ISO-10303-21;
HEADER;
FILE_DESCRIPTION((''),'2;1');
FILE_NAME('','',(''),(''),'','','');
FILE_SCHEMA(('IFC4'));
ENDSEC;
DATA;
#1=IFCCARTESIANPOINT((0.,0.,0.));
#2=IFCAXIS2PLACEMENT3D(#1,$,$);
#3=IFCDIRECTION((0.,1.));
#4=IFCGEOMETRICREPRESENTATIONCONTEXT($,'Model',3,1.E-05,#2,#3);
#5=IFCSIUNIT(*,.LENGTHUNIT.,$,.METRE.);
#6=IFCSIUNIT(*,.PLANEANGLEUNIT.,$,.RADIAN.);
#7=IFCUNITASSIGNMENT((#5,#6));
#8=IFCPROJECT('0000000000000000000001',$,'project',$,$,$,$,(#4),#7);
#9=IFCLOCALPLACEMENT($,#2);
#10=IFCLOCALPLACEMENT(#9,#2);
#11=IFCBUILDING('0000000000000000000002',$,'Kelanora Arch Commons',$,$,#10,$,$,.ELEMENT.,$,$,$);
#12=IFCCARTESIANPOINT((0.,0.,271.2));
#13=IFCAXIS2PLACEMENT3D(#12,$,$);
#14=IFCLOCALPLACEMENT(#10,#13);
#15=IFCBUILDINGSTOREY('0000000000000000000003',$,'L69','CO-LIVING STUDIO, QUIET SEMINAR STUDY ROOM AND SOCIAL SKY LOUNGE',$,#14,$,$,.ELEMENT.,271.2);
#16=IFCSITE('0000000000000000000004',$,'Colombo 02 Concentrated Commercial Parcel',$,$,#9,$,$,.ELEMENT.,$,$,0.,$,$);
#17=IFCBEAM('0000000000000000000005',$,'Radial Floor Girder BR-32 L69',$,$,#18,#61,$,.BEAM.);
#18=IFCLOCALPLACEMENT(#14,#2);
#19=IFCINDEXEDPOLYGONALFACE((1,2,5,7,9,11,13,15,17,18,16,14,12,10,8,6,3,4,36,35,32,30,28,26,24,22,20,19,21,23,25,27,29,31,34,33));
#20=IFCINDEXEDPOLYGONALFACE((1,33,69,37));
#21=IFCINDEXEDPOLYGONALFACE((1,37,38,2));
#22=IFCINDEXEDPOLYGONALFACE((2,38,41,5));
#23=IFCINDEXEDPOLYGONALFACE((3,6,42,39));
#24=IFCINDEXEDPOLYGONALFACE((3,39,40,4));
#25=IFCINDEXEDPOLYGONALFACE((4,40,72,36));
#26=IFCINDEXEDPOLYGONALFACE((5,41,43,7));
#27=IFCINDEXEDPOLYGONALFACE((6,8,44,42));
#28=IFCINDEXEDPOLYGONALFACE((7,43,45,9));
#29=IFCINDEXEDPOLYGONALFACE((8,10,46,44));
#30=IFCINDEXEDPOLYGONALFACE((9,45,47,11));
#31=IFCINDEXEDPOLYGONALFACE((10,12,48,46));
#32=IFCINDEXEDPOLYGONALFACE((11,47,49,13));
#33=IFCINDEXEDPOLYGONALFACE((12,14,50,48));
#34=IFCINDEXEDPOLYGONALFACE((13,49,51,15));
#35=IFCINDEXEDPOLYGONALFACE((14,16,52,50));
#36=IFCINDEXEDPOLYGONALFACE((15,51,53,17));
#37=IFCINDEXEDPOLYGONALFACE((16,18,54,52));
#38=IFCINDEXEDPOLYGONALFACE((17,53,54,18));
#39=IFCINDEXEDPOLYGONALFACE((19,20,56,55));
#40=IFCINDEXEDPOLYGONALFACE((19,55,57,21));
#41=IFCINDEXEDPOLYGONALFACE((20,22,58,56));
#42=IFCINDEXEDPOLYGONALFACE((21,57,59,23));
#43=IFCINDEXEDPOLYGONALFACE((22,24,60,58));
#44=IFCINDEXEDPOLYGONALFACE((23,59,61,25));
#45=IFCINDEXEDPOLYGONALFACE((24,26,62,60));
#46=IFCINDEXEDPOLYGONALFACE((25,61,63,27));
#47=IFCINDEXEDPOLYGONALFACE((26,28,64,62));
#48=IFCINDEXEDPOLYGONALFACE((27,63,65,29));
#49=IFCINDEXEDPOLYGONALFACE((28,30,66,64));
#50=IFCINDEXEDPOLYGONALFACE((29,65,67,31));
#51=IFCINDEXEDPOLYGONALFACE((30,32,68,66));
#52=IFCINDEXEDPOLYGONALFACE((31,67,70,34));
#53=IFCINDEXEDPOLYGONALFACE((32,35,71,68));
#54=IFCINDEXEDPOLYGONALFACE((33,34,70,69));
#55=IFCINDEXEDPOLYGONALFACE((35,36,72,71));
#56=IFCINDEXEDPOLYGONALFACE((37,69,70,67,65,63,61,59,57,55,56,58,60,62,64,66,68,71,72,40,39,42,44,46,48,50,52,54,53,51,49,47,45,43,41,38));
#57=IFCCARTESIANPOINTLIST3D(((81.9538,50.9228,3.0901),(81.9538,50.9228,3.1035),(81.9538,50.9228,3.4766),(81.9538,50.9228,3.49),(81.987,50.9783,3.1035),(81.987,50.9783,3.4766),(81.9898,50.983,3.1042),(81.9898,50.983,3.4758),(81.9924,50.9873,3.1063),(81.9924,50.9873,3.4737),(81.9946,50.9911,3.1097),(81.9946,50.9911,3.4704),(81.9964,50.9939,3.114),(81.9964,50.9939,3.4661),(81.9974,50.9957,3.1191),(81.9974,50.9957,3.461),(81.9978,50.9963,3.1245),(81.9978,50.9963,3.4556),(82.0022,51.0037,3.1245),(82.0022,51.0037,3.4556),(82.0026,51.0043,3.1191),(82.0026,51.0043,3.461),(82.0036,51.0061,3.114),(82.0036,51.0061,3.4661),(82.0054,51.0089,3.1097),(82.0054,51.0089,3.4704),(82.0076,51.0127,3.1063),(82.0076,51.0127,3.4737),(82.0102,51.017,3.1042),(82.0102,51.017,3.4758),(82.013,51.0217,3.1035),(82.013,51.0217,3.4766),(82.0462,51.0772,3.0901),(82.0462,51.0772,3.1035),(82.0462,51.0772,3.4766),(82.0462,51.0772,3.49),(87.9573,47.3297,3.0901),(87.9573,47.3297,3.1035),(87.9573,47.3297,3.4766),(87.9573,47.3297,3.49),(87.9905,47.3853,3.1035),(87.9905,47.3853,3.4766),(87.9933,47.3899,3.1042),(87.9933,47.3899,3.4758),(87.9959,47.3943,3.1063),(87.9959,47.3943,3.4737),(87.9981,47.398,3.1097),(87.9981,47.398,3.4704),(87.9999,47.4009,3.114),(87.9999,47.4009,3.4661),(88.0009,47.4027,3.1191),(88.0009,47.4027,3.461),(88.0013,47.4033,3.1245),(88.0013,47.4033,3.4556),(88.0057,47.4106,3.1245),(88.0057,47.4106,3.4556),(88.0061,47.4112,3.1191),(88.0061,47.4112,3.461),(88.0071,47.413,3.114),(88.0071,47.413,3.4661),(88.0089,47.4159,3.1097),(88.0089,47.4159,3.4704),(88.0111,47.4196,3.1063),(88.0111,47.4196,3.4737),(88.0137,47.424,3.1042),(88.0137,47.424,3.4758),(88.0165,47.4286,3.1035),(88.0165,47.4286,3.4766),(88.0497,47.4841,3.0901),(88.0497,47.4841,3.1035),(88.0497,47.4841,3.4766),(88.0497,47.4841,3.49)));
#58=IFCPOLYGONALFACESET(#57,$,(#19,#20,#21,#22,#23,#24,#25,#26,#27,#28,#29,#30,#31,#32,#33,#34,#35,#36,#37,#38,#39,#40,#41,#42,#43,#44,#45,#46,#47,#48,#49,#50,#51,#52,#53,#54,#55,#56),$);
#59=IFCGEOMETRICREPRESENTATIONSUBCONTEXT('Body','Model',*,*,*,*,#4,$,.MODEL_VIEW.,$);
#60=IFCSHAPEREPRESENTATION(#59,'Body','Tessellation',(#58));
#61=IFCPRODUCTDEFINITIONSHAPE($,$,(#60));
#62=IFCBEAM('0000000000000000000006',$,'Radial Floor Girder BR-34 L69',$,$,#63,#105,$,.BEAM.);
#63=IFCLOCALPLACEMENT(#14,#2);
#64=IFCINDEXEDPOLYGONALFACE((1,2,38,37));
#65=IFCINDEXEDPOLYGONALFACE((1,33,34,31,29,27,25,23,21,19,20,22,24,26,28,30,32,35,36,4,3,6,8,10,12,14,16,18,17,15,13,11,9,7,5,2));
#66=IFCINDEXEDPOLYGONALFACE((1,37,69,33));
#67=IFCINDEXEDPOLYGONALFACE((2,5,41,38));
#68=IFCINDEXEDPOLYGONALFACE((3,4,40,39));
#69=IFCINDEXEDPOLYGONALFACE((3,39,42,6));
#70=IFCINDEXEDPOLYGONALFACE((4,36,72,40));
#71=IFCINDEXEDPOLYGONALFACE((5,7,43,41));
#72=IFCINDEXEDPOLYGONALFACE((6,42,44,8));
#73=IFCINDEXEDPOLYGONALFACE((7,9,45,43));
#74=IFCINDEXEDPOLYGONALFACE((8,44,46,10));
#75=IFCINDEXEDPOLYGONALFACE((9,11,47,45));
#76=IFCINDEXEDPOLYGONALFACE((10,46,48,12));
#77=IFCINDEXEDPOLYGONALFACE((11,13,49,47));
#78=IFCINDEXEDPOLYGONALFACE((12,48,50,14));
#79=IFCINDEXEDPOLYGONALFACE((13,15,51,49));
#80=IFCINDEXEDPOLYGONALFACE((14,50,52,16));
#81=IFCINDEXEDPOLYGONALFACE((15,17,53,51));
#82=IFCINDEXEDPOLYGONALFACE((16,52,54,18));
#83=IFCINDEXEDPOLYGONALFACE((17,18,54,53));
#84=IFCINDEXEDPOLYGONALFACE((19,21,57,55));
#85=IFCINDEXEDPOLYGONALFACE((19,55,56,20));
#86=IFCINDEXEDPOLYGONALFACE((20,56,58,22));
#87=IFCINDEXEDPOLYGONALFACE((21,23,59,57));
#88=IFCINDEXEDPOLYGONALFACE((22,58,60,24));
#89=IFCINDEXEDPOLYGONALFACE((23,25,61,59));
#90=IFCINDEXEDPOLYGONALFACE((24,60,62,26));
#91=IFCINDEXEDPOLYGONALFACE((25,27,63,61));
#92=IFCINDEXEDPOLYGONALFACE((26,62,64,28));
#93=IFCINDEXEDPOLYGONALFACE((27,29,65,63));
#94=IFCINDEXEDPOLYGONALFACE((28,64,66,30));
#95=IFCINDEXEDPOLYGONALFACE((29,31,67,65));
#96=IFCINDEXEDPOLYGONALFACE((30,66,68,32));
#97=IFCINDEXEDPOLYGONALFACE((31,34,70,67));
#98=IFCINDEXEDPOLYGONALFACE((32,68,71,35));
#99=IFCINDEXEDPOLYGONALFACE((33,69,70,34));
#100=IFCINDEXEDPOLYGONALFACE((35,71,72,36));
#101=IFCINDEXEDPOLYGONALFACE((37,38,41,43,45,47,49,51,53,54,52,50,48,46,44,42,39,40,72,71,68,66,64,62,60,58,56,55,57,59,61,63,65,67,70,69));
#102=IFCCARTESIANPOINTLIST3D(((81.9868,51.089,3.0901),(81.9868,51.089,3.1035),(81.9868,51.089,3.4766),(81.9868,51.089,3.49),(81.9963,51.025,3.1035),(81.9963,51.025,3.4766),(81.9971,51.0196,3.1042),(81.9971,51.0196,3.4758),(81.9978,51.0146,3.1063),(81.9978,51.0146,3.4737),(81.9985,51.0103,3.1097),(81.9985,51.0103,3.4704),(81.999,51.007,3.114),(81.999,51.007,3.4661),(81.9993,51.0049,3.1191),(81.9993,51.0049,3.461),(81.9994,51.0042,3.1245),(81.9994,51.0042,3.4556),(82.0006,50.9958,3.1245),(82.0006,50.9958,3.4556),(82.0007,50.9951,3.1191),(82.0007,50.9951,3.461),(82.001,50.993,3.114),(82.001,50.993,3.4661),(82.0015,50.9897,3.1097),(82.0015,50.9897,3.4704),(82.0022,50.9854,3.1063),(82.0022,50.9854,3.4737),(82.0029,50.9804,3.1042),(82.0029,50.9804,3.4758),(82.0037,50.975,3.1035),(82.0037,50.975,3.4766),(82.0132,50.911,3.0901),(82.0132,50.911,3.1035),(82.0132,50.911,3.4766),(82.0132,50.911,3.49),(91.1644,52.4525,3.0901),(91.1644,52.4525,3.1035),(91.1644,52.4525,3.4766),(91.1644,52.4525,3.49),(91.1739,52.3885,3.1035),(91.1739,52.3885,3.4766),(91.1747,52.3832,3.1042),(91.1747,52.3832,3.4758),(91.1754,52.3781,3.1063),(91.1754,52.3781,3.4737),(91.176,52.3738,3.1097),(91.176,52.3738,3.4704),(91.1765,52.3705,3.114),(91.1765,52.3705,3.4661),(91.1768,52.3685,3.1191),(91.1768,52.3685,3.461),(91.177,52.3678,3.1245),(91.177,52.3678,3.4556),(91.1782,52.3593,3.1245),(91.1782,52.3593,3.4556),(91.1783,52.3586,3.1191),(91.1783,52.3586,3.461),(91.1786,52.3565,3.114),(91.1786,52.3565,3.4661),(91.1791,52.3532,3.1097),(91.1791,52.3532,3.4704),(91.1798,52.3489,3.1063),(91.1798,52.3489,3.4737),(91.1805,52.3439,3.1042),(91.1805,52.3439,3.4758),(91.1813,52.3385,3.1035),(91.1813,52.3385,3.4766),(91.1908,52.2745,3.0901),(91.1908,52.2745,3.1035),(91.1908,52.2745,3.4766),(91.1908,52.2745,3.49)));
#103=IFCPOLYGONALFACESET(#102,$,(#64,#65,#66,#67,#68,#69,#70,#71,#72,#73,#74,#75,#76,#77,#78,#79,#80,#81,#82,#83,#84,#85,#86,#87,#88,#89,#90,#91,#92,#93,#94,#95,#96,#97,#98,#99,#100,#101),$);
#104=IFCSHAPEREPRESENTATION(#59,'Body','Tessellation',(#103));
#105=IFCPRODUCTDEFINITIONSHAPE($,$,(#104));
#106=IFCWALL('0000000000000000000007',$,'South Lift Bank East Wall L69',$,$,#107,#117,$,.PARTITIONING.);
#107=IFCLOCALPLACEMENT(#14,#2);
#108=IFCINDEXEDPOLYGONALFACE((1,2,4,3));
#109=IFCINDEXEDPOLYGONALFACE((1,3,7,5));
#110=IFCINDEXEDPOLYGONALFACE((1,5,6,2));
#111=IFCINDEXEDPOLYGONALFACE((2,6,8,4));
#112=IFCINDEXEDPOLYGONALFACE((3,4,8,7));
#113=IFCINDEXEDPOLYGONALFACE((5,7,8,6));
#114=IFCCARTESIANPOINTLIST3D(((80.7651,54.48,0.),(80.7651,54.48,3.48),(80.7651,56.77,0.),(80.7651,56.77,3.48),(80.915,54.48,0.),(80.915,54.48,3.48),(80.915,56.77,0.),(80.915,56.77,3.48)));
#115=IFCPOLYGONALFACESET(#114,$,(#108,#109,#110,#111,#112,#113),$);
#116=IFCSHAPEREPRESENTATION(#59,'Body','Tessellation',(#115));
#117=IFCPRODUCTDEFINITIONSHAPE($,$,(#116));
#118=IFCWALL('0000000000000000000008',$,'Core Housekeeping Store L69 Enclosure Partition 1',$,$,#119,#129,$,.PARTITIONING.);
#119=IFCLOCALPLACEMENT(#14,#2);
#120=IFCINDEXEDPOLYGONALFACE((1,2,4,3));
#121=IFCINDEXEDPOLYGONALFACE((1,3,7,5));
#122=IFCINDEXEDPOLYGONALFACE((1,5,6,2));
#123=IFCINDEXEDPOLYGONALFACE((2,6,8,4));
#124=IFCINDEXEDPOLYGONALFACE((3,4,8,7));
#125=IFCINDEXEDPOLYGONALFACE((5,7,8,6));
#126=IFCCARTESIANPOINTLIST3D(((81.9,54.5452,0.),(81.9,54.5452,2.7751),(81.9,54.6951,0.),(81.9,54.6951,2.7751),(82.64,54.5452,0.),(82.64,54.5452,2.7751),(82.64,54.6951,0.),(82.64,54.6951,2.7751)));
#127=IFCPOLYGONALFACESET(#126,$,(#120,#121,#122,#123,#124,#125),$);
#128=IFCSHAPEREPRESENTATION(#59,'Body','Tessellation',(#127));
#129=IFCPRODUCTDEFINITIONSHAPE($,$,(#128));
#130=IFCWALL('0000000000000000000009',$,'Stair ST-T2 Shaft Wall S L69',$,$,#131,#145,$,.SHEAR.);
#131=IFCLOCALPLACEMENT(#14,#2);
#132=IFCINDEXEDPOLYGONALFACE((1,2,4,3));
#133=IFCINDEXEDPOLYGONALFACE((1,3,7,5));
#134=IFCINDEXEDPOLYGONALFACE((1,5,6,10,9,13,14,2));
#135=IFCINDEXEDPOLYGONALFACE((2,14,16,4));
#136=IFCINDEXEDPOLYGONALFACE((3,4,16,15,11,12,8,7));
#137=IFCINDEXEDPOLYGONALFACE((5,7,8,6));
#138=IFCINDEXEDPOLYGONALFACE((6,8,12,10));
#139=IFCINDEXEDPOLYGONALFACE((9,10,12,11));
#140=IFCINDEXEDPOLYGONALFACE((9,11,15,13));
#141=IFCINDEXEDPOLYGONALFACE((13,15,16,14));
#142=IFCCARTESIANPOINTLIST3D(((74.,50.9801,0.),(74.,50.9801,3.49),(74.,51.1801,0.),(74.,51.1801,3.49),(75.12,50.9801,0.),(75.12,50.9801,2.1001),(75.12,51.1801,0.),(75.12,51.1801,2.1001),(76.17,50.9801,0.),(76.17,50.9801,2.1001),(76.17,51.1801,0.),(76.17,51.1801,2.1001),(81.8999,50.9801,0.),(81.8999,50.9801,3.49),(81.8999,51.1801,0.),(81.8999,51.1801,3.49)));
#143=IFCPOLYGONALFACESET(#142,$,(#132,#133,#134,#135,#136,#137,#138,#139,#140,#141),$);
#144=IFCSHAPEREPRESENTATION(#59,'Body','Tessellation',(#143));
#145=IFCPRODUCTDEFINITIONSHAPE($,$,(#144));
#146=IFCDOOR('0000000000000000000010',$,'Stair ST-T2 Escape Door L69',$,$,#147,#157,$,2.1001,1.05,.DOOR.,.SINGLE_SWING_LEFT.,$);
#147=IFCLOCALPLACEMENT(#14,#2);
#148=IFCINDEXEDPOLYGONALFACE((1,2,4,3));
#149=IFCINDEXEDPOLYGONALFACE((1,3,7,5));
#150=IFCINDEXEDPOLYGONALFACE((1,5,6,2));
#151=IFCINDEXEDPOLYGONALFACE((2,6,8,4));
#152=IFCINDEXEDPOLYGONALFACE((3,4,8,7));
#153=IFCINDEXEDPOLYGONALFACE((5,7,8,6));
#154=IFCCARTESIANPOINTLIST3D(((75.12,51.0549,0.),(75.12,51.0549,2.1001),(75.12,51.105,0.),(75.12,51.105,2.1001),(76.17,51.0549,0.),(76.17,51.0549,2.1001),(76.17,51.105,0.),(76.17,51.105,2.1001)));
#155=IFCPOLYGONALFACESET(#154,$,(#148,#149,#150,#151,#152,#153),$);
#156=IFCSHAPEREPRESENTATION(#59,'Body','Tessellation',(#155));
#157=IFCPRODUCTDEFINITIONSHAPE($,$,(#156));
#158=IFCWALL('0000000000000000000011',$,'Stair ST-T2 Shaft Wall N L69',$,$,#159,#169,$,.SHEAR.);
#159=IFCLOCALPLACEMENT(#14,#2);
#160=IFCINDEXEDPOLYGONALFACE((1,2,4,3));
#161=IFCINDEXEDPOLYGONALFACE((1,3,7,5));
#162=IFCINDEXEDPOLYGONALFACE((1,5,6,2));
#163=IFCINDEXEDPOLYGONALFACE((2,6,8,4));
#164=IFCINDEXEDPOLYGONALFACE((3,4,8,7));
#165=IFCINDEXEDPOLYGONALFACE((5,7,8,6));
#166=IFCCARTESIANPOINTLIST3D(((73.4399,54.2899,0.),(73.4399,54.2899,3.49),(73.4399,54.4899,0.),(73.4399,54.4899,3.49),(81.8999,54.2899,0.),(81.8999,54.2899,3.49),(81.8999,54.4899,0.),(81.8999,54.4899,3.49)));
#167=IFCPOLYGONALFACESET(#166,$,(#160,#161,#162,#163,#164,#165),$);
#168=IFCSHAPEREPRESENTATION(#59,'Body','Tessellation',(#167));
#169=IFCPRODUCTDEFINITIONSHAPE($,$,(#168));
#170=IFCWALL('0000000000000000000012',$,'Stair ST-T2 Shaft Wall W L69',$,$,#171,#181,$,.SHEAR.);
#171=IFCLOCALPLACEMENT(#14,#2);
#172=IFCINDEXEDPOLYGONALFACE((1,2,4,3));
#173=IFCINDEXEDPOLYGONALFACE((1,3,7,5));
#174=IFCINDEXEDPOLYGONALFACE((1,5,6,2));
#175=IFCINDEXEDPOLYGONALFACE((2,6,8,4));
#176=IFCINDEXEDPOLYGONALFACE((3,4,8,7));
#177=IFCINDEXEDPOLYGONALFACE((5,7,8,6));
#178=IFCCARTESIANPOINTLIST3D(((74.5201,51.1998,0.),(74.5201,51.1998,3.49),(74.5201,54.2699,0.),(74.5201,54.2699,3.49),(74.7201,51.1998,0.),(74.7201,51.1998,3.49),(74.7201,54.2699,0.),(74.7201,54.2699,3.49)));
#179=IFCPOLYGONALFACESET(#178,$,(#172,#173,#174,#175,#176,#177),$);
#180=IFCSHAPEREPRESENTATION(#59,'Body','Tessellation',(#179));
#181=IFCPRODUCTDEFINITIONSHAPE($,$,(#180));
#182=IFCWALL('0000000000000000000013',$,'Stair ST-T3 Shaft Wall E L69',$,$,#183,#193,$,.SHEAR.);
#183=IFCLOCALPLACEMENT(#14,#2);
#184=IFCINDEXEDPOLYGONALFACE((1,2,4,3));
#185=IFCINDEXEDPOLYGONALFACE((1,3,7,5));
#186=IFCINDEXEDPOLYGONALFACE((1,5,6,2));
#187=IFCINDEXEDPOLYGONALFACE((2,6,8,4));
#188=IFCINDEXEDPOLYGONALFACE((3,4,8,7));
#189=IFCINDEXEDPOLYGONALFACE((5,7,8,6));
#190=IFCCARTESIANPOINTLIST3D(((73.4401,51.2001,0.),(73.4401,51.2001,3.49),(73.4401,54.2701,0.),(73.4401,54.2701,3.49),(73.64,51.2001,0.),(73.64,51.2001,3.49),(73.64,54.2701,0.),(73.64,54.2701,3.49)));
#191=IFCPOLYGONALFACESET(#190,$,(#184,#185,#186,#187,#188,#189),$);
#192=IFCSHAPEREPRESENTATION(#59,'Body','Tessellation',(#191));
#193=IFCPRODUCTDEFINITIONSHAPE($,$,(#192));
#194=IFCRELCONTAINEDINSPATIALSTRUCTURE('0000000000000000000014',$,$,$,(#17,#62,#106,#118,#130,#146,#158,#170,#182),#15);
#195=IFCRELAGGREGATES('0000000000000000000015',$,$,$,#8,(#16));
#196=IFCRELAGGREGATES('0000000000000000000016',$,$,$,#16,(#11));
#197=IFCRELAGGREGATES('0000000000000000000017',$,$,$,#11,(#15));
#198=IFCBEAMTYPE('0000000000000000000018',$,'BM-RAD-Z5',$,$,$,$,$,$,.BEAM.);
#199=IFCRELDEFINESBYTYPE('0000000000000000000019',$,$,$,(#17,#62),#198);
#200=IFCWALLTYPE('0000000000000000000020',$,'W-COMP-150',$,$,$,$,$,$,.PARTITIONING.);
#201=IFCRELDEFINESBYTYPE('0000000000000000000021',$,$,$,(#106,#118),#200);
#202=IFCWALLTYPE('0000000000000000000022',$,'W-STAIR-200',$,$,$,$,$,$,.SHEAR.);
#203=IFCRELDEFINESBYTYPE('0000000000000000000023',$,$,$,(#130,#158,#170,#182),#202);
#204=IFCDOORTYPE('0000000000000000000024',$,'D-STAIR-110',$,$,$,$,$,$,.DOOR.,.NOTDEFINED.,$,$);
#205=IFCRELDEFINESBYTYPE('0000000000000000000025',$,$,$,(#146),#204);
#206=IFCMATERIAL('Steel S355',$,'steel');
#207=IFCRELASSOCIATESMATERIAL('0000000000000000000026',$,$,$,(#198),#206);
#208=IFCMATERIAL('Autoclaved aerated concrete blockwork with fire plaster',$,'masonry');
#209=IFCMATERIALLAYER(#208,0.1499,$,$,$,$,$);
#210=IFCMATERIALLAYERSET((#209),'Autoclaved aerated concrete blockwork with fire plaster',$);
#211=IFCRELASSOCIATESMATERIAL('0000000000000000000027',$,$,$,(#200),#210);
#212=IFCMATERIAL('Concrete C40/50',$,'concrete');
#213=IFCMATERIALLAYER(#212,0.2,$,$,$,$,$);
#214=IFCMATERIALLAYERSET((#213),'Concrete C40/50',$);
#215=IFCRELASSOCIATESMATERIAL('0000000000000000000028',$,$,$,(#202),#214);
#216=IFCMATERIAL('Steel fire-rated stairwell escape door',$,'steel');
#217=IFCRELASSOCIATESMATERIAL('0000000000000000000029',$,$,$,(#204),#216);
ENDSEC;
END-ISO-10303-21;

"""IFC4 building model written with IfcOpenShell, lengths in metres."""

from ifc_helpers import new_model, si_unit, direction, frame, frame_2d, origin, origin_2d, place, context, subcontext, project, spatial, rectangle, i_section, extrude, material, layer, layer_set, material_profile, profile_set, type_object, element, fill, save


model = new_model("IFC4")

# Units and contexts
model_context = context("Model", 3, precision=1e-05, world=origin(), true_north=direction((0.0, 1.0)))
body_context = subcontext(model_context, "Body", "Model", "MODEL_VIEW")
ifc_project = project(units=[si_unit("LENGTHUNIT", "METRE"), si_unit("PLANEANGLEUNIT", "RADIAN")], contexts=[model_context])

# Site, building, storey
site_placement = place(None, origin())
site = spatial("IfcSite", under=ifc_project, at=site_placement, Name="Colombo 02 Concentrated Commercial Parcel", CompositionType="ELEMENT", RefElevation=0.0)
building_placement = place(site_placement, origin())
building = spatial("IfcBuilding", under=site, at=building_placement, Name="Kelanora Arch Commons", CompositionType="ELEMENT")
storey_placement = place(building_placement, frame((0.0, 0.0, 271.2)))
storey = spatial("IfcBuildingStorey", under=building, at=storey_placement, Name="L69", Description="CO-LIVING STUDIO, QUIET SEMINAR STUDY ROOM AND SOCIAL SKY LOUNGE", CompositionType="ELEMENT", Elevation=271.2)

# Beams
ifc_material_1 = material(Name="Steel S355", Category="steel")
ifc_material_profile_1 = material_profile(ifc_material_1, i_section(OverallWidth=0.1799, OverallDepth=0.3999, WebThickness=0.0085, FlangeThickness=0.0134, FilletRadius=0.021, at=origin_2d()), Name="IPE400")
ifc_profile_set_1 = profile_set([ifc_material_profile_1], Name="Steel S355")
beam_type_1 = type_object("IfcBeamType", Name="BM-RAD-Z5", PredefinedType="BEAM", material=ifc_profile_set_1)
beam_1_placement = place(storey_placement, frame((82.0, 51.0, 3.29), z_axis=(0.858062, -0.513546, 0.0), x_axis=(0.513546, 0.858062, 0.0)))
element("IfcBeam", 1, at=beam_1_placement, inside=storey, type_object=beam_type_1, Name="Radial Floor Girder BR-32 L69", PredefinedType="BEAM", context=body_context, shape_type="SweptSolid", body=[
    extrude(i_section(OverallWidth=0.1799, OverallDepth=0.3999, WebThickness=0.0085, FlangeThickness=0.0134, FilletRadius=0.021, at=origin_2d()), origin(), (0.0, 0.0, 1.0), 6.9966),
])
beam_2_placement = place(storey_placement, frame((82.0, 51.0, 3.29), z_axis=(0.989142, 0.14696, 0.0), x_axis=(-0.14696, 0.989142, 0.0)))
element("IfcBeam", 2, at=beam_2_placement, inside=storey, type_object=beam_type_1, Name="Radial Floor Girder BR-34 L69", PredefinedType="BEAM", context=body_context, shape_type="SweptSolid", body=[
    extrude(i_section(OverallWidth=0.1799, OverallDepth=0.3999, WebThickness=0.0085, FlangeThickness=0.0134, FilletRadius=0.021, at=origin_2d()), origin(), (0.0, 0.0, 1.0), 9.2783),
])

# Walls
ifc_material_2 = material(Name="Autoclaved aerated concrete blockwork with fire plaster", Category="masonry")
ifc_layer_1 = layer(ifc_material_2, 0.1499)
ifc_layer_set_1 = layer_set([ifc_layer_1], Name="Autoclaved aerated concrete blockwork with fire plaster")
wall_type_1 = type_object("IfcWallType", Name="W-COMP-150", PredefinedType="PARTITIONING", material=ifc_layer_set_1)
wall_1_placement = place(storey_placement, frame((80.8401, 54.48, 0.0), z_axis=(0.0, 0.0, 1.0), x_axis=(0.0, 1.0, 0.0)))
element("IfcWall", 3, at=wall_1_placement, inside=storey, type_object=wall_type_1, Name="South Lift Bank East Wall L69", PredefinedType="PARTITIONING", context=body_context, shape_type="SweptSolid", body=[
    extrude(rectangle(XDim=2.29, YDim=0.1499, at=frame_2d((1.145, 0.0))), origin(), (0.0, 0.0, 1.0), 3.48),
])
wall_2_placement = place(storey_placement, frame((81.8999, 54.6201, 0.0), z_axis=(0.0, 0.0, 1.0), x_axis=(1.0, 0.0, 0.0)))
element("IfcWall", 4, at=wall_2_placement, inside=storey, type_object=wall_type_1, Name="Core Housekeeping Store L69 Enclosure Partition 1", PredefinedType="PARTITIONING", context=body_context, shape_type="SweptSolid", body=[
    extrude(rectangle(XDim=0.74, YDim=0.1499, at=frame_2d((0.3701, 0.0))), origin(), (0.0, 0.0, 1.0), 2.7751),
])

# Wall, opening, door
ifc_material_3 = material(Name="Concrete C40/50", Category="concrete")
ifc_layer_2 = layer(ifc_material_3, 0.2)
ifc_layer_set_2 = layer_set([ifc_layer_2], Name="Concrete C40/50")
wall_type_2 = type_object("IfcWallType", Name="W-STAIR-200", PredefinedType="SHEAR", material=ifc_layer_set_2)
wall_3_placement = place(storey_placement, frame((74.0, 51.0801, 0.0), z_axis=(0.0, 0.0, 1.0), x_axis=(1.0, 0.0, 0.0)))
wall_3 = element("IfcWall", 5, at=wall_3_placement, inside=storey, type_object=wall_type_2, Name="Stair ST-T2 Shaft Wall S L69", PredefinedType="SHEAR", context=body_context, shape_type="SweptSolid", body=[
    extrude(rectangle(XDim=7.8999, YDim=0.2, at=frame_2d((3.95, 0.0))), origin(), (0.0, 0.0, 1.0), 3.49),
])
opening_placement = place(wall_3_placement, frame((1.1201, 0.0, 0.0)))
opening = element("IfcOpeningElement", 6, at=opening_placement, cuts=wall_3, PredefinedType="OPENING", context=body_context, shape_type="SweptSolid", body=[
    extrude(rectangle(XDim=1.05, YDim=2.1001, at=frame_2d((0.5249, 1.05))), frame((0.0, 0.1099, 0.0), z_axis=(0.0, -1.0, 0.0), x_axis=(1.0, 0.0, 0.0)), (0.0, 0.0, 1.0), 0.22),
])
ifc_material_4 = material(Name="Steel fire-rated stairwell escape door", Category="steel")
door_type = type_object("IfcDoorType", Name="D-STAIR-110", OperationType="NOTDEFINED", PredefinedType="DOOR", material=ifc_material_4)
door_placement = place(opening_placement, origin())
door = element("IfcDoor", 7, at=door_placement, inside=storey, type_object=door_type, Name="Stair ST-T2 Escape Door L69", OperationType="SINGLE_SWING_LEFT", OverallHeight=2.1001, OverallWidth=1.05, PredefinedType="DOOR", context=body_context, shape_type="SweptSolid", body=[
    extrude(rectangle(XDim=1.05, YDim=2.1001, at=frame_2d((0.5249, 1.05))), frame((0.0, 0.0249, 0.0), z_axis=(0.0, -1.0, 0.0), x_axis=(1.0, 0.0, 0.0)), (0.0, 0.0, 1.0), 0.05),
])
fill(opening, door)

# Walls
wall_4_placement = place(storey_placement, frame((81.8999, 54.3899, 0.0), z_axis=(0.0, 0.0, 1.0), x_axis=(-1.0, 0.0, 0.0)))
element("IfcWall", 8, at=wall_4_placement, inside=storey, type_object=wall_type_2, Name="Stair ST-T2 Shaft Wall N L69", PredefinedType="SHEAR", context=body_context, shape_type="SweptSolid", body=[
    extrude(rectangle(XDim=8.46, YDim=0.2, at=frame_2d((4.23, 0.0))), origin(), (0.0, 0.0, 1.0), 3.49),
])
for number, where, z_axis, x_axis, name in (
    (9, (74.6201, 54.27, 0.0), (0.0, 0.0, 1.0), (0.0, -1.0, 0.0), "Stair ST-T2 Shaft Wall W L69"),
    (10, (73.54, 51.2, 0.0), (0.0, 0.0, 1.0), (0.0, 1.0, 0.0), "Stair ST-T3 Shaft Wall E L69"),
):
    element("IfcWall", number, at=place(storey_placement, frame(where, z_axis=z_axis, x_axis=x_axis)), inside=storey, type_object=wall_type_2, Name=name, PredefinedType="SHEAR", context=body_context, shape_type="SweptSolid", body=[
        extrude(rectangle(XDim=3.0701, YDim=0.2, at=frame_2d((1.5352, 0.0))), origin(), (0.0, 0.0, 1.0), 3.49),
    ])

save(model, "model.ifc")
